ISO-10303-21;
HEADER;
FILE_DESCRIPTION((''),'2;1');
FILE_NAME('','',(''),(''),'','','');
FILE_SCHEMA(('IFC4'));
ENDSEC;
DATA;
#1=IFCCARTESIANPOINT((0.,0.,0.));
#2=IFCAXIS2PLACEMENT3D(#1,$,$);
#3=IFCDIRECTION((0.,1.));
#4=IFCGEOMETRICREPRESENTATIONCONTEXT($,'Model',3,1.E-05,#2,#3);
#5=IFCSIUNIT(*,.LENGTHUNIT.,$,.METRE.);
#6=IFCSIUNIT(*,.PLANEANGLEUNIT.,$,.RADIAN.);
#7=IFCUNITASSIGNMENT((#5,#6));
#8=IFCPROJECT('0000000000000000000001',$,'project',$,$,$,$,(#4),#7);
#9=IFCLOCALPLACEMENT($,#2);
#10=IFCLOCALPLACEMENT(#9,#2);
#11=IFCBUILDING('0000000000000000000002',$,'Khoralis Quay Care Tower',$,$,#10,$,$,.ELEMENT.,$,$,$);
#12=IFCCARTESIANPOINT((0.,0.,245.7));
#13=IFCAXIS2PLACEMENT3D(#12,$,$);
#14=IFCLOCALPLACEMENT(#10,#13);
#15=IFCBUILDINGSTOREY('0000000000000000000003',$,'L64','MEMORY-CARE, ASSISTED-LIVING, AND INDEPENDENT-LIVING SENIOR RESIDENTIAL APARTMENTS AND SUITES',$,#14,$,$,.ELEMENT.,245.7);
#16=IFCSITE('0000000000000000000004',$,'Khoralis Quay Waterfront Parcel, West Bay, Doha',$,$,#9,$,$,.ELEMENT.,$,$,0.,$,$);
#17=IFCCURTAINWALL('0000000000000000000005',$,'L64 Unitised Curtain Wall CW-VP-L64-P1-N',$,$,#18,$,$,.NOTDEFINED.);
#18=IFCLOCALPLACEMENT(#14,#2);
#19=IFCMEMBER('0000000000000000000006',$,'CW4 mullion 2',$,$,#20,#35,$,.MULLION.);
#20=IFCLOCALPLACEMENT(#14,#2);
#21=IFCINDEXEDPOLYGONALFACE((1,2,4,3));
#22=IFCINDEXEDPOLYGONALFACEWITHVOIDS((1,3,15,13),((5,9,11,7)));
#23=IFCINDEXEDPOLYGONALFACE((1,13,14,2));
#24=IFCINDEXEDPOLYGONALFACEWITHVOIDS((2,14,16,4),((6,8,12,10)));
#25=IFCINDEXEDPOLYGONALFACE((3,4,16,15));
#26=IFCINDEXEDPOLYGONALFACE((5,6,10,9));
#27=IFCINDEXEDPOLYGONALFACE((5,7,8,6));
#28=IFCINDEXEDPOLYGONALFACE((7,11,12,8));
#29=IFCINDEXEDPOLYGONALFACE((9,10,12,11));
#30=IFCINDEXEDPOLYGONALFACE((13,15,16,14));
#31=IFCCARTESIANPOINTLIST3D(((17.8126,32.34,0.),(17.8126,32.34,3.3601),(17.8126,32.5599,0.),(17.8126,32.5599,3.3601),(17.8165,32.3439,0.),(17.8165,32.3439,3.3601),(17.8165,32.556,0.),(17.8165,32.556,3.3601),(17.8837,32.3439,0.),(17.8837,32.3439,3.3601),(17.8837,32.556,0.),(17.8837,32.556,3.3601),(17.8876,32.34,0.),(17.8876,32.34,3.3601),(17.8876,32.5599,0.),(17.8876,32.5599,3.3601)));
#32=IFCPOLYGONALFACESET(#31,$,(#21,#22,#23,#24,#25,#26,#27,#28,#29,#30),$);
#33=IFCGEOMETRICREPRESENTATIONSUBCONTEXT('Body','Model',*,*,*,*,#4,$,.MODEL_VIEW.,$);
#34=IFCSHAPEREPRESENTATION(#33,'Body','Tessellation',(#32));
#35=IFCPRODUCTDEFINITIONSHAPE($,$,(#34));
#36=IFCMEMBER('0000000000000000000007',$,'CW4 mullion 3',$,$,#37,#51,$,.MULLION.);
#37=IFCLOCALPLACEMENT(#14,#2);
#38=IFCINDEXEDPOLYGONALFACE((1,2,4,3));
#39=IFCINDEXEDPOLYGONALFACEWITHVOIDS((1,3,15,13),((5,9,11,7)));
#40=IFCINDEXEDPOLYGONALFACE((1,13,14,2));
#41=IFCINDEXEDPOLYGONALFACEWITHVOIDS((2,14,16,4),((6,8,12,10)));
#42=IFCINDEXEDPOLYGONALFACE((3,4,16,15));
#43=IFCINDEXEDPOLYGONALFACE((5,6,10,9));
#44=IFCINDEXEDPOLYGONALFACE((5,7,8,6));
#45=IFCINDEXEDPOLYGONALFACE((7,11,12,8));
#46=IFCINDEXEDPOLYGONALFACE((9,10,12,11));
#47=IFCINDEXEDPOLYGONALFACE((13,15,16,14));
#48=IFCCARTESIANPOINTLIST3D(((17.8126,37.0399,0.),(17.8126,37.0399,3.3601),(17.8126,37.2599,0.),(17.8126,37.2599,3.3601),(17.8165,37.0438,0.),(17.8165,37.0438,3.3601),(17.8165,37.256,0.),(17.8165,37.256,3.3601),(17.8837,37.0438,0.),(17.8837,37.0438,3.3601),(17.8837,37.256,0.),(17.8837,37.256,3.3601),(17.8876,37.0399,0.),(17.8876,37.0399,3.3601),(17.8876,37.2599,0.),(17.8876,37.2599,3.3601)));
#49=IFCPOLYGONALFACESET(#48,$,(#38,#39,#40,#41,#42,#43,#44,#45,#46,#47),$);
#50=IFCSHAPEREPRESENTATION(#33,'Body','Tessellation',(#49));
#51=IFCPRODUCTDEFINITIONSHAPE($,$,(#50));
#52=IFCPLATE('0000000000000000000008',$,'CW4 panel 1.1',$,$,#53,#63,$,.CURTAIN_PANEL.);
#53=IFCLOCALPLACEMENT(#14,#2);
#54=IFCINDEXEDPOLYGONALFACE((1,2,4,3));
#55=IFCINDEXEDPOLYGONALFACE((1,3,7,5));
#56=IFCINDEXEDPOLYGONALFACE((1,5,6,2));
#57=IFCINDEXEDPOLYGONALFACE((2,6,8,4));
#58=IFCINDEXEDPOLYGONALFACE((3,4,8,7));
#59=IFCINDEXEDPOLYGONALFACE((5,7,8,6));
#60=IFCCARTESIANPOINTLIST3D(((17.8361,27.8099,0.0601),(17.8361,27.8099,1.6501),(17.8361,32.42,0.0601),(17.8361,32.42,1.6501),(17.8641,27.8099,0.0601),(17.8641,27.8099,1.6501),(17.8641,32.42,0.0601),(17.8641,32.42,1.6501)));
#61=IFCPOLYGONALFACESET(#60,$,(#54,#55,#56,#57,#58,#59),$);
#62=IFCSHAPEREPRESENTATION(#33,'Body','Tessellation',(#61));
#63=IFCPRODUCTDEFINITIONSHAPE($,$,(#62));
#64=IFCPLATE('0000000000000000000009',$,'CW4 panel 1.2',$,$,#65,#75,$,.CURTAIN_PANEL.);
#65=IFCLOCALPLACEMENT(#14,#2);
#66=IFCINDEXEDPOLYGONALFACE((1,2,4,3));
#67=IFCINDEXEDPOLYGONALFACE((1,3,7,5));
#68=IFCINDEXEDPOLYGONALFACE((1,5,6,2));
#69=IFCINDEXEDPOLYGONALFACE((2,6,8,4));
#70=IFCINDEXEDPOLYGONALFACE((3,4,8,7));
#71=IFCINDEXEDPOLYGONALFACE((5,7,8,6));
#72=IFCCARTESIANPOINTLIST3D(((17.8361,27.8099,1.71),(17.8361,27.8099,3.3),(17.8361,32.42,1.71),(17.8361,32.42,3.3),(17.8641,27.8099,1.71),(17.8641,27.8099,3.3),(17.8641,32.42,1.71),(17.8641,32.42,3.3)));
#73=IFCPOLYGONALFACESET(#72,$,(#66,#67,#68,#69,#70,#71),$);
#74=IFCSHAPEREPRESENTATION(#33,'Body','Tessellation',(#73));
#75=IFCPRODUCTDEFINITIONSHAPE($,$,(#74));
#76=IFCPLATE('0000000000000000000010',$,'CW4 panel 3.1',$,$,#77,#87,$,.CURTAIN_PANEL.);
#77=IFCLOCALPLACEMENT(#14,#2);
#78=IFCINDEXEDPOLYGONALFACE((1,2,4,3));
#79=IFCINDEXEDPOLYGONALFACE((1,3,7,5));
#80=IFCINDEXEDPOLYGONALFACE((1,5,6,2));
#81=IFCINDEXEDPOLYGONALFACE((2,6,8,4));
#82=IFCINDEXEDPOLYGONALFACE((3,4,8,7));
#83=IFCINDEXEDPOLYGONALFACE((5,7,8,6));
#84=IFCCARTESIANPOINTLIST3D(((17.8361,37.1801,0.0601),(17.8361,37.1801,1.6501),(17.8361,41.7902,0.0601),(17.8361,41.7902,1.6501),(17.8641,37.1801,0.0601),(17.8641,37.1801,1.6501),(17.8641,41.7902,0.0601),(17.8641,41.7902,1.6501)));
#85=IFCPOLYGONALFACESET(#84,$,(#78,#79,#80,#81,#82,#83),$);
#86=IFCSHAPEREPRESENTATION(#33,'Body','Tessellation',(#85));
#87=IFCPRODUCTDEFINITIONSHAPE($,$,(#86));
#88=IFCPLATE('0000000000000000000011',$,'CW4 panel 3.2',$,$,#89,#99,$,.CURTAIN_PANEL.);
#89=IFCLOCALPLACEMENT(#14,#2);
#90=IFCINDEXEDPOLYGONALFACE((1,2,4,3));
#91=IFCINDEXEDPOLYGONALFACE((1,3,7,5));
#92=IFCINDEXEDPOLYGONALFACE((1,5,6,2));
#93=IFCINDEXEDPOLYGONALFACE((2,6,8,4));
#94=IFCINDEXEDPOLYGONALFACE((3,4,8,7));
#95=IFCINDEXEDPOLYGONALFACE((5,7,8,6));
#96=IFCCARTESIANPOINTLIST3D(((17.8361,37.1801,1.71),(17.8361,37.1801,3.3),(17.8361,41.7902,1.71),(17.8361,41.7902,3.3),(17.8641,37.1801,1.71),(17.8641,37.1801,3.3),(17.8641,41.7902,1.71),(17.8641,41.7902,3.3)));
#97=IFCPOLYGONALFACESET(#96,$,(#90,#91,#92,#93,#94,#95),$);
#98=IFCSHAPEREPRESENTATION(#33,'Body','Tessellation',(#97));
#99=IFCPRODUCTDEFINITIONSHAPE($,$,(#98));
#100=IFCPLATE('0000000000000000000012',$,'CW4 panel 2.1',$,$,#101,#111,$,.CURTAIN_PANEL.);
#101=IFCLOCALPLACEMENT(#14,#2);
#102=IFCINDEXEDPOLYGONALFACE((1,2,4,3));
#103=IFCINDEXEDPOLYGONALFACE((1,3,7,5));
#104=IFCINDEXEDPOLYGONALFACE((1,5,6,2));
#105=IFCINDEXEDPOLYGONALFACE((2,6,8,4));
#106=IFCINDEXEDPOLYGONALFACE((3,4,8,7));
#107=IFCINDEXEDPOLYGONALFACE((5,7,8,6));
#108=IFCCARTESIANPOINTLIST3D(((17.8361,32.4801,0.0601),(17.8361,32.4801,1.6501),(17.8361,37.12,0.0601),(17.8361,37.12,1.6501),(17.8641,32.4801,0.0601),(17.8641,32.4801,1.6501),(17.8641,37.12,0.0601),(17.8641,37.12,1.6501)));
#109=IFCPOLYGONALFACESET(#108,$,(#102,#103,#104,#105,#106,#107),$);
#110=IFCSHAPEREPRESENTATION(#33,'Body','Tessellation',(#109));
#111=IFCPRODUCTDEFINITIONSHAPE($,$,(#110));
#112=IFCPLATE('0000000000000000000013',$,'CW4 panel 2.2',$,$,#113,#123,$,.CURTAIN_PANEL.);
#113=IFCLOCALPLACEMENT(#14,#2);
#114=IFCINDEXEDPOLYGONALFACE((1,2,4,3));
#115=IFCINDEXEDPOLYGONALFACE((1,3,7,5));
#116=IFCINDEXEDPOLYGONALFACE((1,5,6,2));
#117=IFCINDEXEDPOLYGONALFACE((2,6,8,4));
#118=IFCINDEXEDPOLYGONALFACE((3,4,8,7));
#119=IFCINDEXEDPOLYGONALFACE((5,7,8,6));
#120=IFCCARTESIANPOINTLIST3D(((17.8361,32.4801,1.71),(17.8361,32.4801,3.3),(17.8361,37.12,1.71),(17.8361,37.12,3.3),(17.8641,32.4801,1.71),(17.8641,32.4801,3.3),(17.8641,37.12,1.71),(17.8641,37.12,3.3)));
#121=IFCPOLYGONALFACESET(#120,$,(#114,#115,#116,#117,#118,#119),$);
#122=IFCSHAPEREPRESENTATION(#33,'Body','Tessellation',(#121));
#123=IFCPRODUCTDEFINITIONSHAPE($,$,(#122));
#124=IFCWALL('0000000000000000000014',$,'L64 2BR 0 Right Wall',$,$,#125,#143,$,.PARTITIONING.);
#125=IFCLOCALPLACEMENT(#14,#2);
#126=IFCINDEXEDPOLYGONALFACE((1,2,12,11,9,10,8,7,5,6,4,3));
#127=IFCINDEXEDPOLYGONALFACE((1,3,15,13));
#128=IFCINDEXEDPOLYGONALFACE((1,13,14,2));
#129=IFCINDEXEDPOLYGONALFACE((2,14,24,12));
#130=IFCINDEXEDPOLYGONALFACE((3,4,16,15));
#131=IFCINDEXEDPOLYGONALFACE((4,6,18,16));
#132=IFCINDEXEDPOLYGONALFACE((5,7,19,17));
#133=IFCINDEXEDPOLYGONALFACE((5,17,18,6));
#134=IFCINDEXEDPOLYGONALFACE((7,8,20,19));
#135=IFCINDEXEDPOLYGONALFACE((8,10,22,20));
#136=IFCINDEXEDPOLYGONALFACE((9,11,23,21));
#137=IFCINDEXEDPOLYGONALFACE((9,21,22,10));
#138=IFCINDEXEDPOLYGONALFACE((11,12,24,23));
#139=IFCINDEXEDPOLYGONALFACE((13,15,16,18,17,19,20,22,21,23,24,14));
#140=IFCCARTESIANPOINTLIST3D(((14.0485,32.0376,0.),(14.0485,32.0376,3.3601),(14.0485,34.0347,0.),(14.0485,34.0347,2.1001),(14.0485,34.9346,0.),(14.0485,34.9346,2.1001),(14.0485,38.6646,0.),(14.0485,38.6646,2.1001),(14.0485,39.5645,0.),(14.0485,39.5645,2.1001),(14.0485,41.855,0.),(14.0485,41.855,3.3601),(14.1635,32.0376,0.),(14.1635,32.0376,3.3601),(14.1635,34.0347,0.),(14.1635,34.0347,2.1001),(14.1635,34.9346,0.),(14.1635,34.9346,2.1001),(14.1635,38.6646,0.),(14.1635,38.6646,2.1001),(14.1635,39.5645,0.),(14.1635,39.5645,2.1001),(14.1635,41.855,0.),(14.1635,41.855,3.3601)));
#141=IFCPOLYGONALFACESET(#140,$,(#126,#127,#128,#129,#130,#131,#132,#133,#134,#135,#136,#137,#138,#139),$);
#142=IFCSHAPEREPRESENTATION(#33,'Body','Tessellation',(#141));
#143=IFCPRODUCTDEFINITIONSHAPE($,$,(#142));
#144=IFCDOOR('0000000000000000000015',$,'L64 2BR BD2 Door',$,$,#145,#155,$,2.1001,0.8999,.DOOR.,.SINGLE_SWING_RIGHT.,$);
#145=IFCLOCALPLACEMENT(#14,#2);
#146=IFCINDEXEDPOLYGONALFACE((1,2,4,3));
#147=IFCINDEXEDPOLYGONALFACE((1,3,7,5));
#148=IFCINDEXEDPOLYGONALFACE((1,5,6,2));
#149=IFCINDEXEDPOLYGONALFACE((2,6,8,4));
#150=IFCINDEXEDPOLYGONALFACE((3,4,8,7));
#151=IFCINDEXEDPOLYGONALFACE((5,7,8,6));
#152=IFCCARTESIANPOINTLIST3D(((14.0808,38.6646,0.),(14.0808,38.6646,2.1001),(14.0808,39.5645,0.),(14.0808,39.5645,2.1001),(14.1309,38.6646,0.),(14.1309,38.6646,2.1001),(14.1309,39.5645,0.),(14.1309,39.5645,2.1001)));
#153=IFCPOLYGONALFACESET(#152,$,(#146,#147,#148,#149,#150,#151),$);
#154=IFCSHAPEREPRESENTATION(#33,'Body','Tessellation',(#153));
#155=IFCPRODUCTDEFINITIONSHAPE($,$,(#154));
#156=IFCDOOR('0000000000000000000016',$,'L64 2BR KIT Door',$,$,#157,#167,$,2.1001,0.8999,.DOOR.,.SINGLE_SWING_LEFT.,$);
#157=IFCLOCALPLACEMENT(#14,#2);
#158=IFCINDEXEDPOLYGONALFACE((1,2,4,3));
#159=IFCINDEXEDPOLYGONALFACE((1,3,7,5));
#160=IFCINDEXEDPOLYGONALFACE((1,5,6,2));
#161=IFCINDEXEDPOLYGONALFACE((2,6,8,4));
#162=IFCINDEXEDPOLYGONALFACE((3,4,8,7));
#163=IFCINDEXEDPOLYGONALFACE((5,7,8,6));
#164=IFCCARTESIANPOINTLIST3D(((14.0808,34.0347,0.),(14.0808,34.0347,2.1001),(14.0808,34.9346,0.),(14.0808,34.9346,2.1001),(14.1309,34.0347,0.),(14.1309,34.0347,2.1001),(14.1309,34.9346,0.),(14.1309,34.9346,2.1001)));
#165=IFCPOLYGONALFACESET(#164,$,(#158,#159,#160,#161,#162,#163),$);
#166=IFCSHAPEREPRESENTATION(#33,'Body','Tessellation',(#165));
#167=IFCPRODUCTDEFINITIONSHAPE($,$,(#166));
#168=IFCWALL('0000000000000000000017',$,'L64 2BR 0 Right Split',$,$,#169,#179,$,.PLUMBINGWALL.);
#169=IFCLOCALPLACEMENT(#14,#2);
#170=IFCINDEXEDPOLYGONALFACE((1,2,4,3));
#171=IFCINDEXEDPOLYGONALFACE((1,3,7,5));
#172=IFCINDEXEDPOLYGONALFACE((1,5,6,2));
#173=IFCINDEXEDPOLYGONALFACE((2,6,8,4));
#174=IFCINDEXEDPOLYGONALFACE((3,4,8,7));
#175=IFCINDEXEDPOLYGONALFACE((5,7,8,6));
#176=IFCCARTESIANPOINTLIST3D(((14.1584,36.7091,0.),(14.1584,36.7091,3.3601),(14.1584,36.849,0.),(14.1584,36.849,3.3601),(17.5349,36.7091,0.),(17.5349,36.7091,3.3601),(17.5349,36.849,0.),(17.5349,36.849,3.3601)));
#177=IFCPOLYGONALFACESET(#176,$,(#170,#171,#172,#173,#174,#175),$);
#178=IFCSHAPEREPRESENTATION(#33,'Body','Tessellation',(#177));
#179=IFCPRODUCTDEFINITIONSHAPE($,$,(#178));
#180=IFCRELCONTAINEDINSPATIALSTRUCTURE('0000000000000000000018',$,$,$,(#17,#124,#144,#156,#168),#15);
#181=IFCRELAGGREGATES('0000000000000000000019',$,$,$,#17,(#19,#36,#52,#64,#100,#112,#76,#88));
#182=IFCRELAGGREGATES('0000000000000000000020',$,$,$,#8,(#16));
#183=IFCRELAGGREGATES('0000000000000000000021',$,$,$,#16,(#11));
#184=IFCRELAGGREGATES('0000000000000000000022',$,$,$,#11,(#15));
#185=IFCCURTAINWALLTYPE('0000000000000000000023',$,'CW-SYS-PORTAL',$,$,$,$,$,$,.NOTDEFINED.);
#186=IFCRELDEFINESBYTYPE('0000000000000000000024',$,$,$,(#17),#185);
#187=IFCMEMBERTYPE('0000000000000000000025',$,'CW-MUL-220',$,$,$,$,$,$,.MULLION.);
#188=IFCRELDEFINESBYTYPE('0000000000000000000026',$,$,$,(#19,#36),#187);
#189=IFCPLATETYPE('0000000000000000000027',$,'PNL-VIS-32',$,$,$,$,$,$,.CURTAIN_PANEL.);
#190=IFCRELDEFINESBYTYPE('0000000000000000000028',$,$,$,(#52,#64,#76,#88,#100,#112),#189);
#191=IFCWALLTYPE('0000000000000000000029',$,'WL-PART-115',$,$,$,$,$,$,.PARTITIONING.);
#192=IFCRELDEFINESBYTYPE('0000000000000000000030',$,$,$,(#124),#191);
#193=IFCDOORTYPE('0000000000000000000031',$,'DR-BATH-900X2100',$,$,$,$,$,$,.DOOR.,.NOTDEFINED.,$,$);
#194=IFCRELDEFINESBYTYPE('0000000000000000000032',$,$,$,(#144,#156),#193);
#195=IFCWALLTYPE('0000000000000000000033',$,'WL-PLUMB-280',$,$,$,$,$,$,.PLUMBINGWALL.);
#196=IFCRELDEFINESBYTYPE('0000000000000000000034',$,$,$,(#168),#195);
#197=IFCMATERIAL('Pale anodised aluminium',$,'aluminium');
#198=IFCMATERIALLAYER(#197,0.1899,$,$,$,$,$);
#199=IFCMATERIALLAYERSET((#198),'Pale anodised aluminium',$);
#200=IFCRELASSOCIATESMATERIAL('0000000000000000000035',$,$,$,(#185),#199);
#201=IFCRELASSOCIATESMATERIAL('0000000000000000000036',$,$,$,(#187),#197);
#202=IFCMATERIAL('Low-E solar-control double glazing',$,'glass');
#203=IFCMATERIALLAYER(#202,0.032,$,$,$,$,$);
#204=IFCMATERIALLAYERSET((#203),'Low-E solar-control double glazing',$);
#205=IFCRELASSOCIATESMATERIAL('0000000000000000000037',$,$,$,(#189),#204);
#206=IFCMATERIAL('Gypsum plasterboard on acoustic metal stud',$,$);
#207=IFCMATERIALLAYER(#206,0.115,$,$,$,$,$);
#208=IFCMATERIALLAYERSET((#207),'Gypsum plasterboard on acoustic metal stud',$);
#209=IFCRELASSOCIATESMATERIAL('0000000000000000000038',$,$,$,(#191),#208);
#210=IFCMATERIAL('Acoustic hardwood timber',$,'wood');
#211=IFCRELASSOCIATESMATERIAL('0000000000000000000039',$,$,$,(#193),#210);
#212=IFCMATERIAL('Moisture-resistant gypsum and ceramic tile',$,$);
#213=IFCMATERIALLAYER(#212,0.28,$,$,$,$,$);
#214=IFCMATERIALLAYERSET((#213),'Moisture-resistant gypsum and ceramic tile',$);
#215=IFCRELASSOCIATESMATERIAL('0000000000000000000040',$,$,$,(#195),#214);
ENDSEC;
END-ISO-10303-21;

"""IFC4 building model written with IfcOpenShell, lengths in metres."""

from ifc_helpers import new_model, si_unit, direction, frame, frame_2d, origin, origin_2d, place, context, subcontext, project, spatial, rectangle, hollow_rectangle, extrude, source, transform, mapped, material, layer, layer_set, material_profile, profile_set, type_object, element, fill, aggregate, save


model = new_model("IFC4")

# Units and contexts
model_context = context("Model", 3, precision=1e-05, world=origin(), true_north=direction((0.0, 1.0)))
body_context = subcontext(model_context, "Body", "Model", "MODEL_VIEW")
ifc_project = project(units=[si_unit("LENGTHUNIT", "METRE"), si_unit("PLANEANGLEUNIT", "RADIAN")], contexts=[model_context])

# Site, building, storey
site_placement = place(None, origin())
site = spatial("IfcSite", under=ifc_project, at=site_placement, Name="Khoralis Quay Waterfront Parcel, West Bay, Doha", CompositionType="ELEMENT", RefElevation=0.0)
building_placement = place(site_placement, origin())
building = spatial("IfcBuilding", under=site, at=building_placement, Name="Khoralis Quay Care Tower", CompositionType="ELEMENT")
storey_placement = place(building_placement, frame((0.0, 0.0, 245.7)))
storey = spatial("IfcBuildingStorey", under=building, at=storey_placement, Name="L64", Description="MEMORY-CARE, ASSISTED-LIVING, AND INDEPENDENT-LIVING SENIOR RESIDENTIAL APARTMENTS AND SUITES", CompositionType="ELEMENT", Elevation=245.7)

# Curtain wall, members, plates
ifc_material_1 = material(Name="Pale anodised aluminium", Category="aluminium")
ifc_layer_1 = layer(ifc_material_1, 0.1899)
ifc_layer_set_1 = layer_set([ifc_layer_1], Name="Pale anodised aluminium")
curtain_wall_type = type_object("IfcCurtainWallType", Name="CW-SYS-PORTAL", PredefinedType="NOTDEFINED", material=ifc_layer_set_1)
curtain_wall_placement = place(storey_placement, origin())
curtain_wall = element("IfcCurtainWall", 1, at=curtain_wall_placement, inside=storey, type_object=curtain_wall_type, Name="L64 Unitised Curtain Wall CW-VP-L64-P1-N", PredefinedType="NOTDEFINED")
ifc_material_profile_1 = material_profile(ifc_material_1, hollow_rectangle(XDim=0.075, YDim=0.22, WallThickness=0.0039, at=origin_2d()), Name="Pale anodised aluminium")
ifc_profile_set_1 = profile_set([ifc_material_profile_1], Name="Pale anodised aluminium")
member_type_1 = type_object("IfcMemberType", Name="CW-MUL-220", PredefinedType="MULLION", material=ifc_profile_set_1)
shared_shape_1 = source(origin(), body_context, "Body", "SweptSolid", [
    extrude(hollow_rectangle(XDim=0.075, YDim=0.22, WallThickness=0.0039, at=origin_2d()), origin(), (0.0, 0.0, 1.0), 3.3601),
])
member_1_placement = place(storey_placement, frame((17.8501, 32.45, 0.0), z_axis=(0.0, 0.0, 1.0), x_axis=(-1.0, 0.0, 0.0)))
member_1 = element("IfcMember", 2, at=member_1_placement, type_object=member_type_1, Name="CW4 mullion 2", PredefinedType="MULLION", context=body_context, shape_type="MappedRepresentation", body=[
    mapped(shared_shape_1, transform((0.0, 0.0, 0.0), scale=1.0)),
])
member_2_placement = place(storey_placement, frame((17.8501, 37.1499, 0.0), z_axis=(0.0, 0.0, 1.0), x_axis=(-1.0, 0.0, 0.0)))
member_2 = element("IfcMember", 3, at=member_2_placement, type_object=member_type_1, Name="CW4 mullion 3", PredefinedType="MULLION", context=body_context, shape_type="MappedRepresentation", body=[
    mapped(shared_shape_1, transform((0.0, 0.0, 0.0), scale=1.0)),
])
ifc_material_2 = material(Name="Low-E solar-control double glazing", Category="glass")
ifc_layer_2 = layer(ifc_material_2, 0.032)
ifc_layer_set_2 = layer_set([ifc_layer_2], Name="Low-E solar-control double glazing")
plate_type = type_object("IfcPlateType", Name="PNL-VIS-32", PredefinedType="CURTAIN_PANEL", material=ifc_layer_set_2)
shared_shape_2 = source(origin(), body_context, "Body", "SweptSolid", [
    extrude(rectangle(XDim=4.6101, YDim=0.0281, at=origin_2d()), origin(), (0.0, 0.0, 1.0), 1.5901),
])
plate_1_placement = place(storey_placement, frame((17.8501, 30.115, 0.0601), z_axis=(0.0, 0.0, 1.0), x_axis=(0.0, 1.0, 0.0)))
plate_1 = element("IfcPlate", 4, at=plate_1_placement, type_object=plate_type, Name="CW4 panel 1.1", PredefinedType="CURTAIN_PANEL", context=body_context, shape_type="MappedRepresentation", body=[
    mapped(shared_shape_2, transform((0.0, 0.0, 0.0), scale=1.0)),
])
plate_2_placement = place(storey_placement, frame((17.8501, 30.115, 1.71), z_axis=(0.0, 0.0, 1.0), x_axis=(0.0, 1.0, 0.0)))
plate_2 = element("IfcPlate", 5, at=plate_2_placement, type_object=plate_type, Name="CW4 panel 1.2", PredefinedType="CURTAIN_PANEL", context=body_context, shape_type="MappedRepresentation", body=[
    mapped(shared_shape_2, transform((0.0, 0.0, 0.0), scale=1.0)),
])
plate_3_placement = place(storey_placement, frame((17.8501, 39.4851, 0.0601), z_axis=(0.0, 0.0, 1.0), x_axis=(0.0, 1.0, 0.0)))
plate_3 = element("IfcPlate", 6, at=plate_3_placement, type_object=plate_type, Name="CW4 panel 3.1", PredefinedType="CURTAIN_PANEL", context=body_context, shape_type="MappedRepresentation", body=[
    mapped(shared_shape_2, transform((0.0, 0.0, 0.0), scale=1.0)),
])
plate_4_placement = place(storey_placement, frame((17.8501, 39.4851, 1.71), z_axis=(0.0, 0.0, 1.0), x_axis=(0.0, 1.0, 0.0)))
plate_4 = element("IfcPlate", 7, at=plate_4_placement, type_object=plate_type, Name="CW4 panel 3.2", PredefinedType="CURTAIN_PANEL", context=body_context, shape_type="MappedRepresentation", body=[
    mapped(shared_shape_2, transform((0.0, 0.0, 0.0), scale=1.0)),
])
shared_shape_3 = source(origin(), body_context, "Body", "SweptSolid", [
    extrude(rectangle(XDim=4.6399, YDim=0.0281, at=origin_2d()), origin(), (0.0, 0.0, 1.0), 1.5901),
])
plate_5_placement = place(storey_placement, frame((17.8501, 34.8, 0.0601), z_axis=(0.0, 0.0, 1.0), x_axis=(0.0, 1.0, 0.0)))
plate_5 = element("IfcPlate", 8, at=plate_5_placement, type_object=plate_type, Name="CW4 panel 2.1", PredefinedType="CURTAIN_PANEL", context=body_context, shape_type="MappedRepresentation", body=[
    mapped(shared_shape_3, transform((0.0, 0.0, 0.0), scale=1.0)),
])
plate_6_placement = place(storey_placement, frame((17.8501, 34.8, 1.71), z_axis=(0.0, 0.0, 1.0), x_axis=(0.0, 1.0, 0.0)))
plate_6 = element("IfcPlate", 9, at=plate_6_placement, type_object=plate_type, Name="CW4 panel 2.2", PredefinedType="CURTAIN_PANEL", context=body_context, shape_type="MappedRepresentation", body=[
    mapped(shared_shape_3, transform((0.0, 0.0, 0.0), scale=1.0)),
])
aggregate(curtain_wall, [member_1, member_2, plate_1, plate_2, plate_5, plate_6, plate_3, plate_4])

# Wall, openings, doors
ifc_material_3 = material(Name="Gypsum plasterboard on acoustic metal stud")
ifc_layer_3 = layer(ifc_material_3, 0.115)
ifc_layer_set_3 = layer_set([ifc_layer_3], Name="Gypsum plasterboard on acoustic metal stud")
wall_type_1 = type_object("IfcWallType", Name="WL-PART-115", PredefinedType="PARTITIONING", material=ifc_layer_set_3)
wall_1_placement = place(storey_placement, frame((14.106, 32.0376, 0.0), z_axis=(0.0, 0.0, 1.0), x_axis=(0.0, 1.0, 0.0)))
wall_1 = element("IfcWall", 10, at=wall_1_placement, inside=storey, type_object=wall_type_1, Name="L64 2BR 0 Right Wall", PredefinedType="PARTITIONING", context=body_context, shape_type="SweptSolid", body=[
    extrude(rectangle(XDim=9.8174, YDim=0.115, at=frame_2d((4.9087, 0.0))), origin(), (0.0, 0.0, 1.0), 3.3601),
])
opening_1_placement = place(wall_1_placement, frame((6.627, 0.0, 0.0)))
opening_1 = element("IfcOpeningElement", 11, at=opening_1_placement, cuts=wall_1, PredefinedType="OPENING", context=body_context, shape_type="SweptSolid", body=[
    extrude(rectangle(XDim=0.8999, YDim=2.1001, at=frame_2d((0.45, 1.05))), frame((0.0, 0.0674, 0.0), z_axis=(0.0, -1.0, 0.0), x_axis=(1.0, 0.0, 0.0)), (0.0, 0.0, 1.0), 0.135),
])
opening_2_placement = place(wall_1_placement, frame((1.9971, 0.0, 0.0)))
opening_2 = element("IfcOpeningElement", 12, at=opening_2_placement, cuts=wall_1, PredefinedType="OPENING", context=body_context, shape_type="SweptSolid", body=[
    extrude(rectangle(XDim=0.8999, YDim=2.1001, at=frame_2d((0.45, 1.05))), frame((0.0, 0.0674, 0.0), z_axis=(0.0, -1.0, 0.0), x_axis=(1.0, 0.0, 0.0)), (0.0, 0.0, 1.0), 0.135),
])
ifc_material_4 = material(Name="Acoustic hardwood timber", Category="wood")
door_type = type_object("IfcDoorType", Name="DR-BATH-900X2100", OperationType="NOTDEFINED", PredefinedType="DOOR", material=ifc_material_4)
shared_shape_4 = source(origin(), body_context, "Body", "SweptSolid", [
    extrude(rectangle(XDim=0.8999, YDim=2.1001, at=frame_2d((0.45, 1.05))), frame((0.0, 0.0249, 0.0), z_axis=(0.0, -1.0, 0.0), x_axis=(1.0, 0.0, 0.0)), (0.0, 0.0, 1.0), 0.05),
])
door_1_placement = place(opening_1_placement, frame((0.8999, 0.0, 0.0), z_axis=(0.0, 0.0, 1.0), x_axis=(-1.0, 0.0, 0.0)))
door_1 = element("IfcDoor", 13, at=door_1_placement, inside=storey, type_object=door_type, Name="L64 2BR BD2 Door", OperationType="SINGLE_SWING_RIGHT", OverallHeight=2.1001, OverallWidth=0.8999, PredefinedType="DOOR", context=body_context, shape_type="MappedRepresentation", body=[
    mapped(shared_shape_4, transform((0.0, 0.0, 0.0), scale=1.0)),
])
fill(opening_1, door_1)
door_2_placement = place(opening_2_placement, frame((0.8999, 0.0, 0.0), z_axis=(0.0, 0.0, 1.0), x_axis=(-1.0, 0.0, 0.0)))
door_2 = element("IfcDoor", 14, at=door_2_placement, inside=storey, type_object=door_type, Name="L64 2BR KIT Door", OperationType="SINGLE_SWING_LEFT", OverallHeight=2.1001, OverallWidth=0.8999, PredefinedType="DOOR", context=body_context, shape_type="MappedRepresentation", body=[
    mapped(shared_shape_4, transform((0.0, 0.0, 0.0), scale=1.0)),
])
fill(opening_2, door_2)

# Wall
ifc_material_5 = material(Name="Moisture-resistant gypsum and ceramic tile")
ifc_layer_4 = layer(ifc_material_5, 0.28)
ifc_layer_set_4 = layer_set([ifc_layer_4], Name="Moisture-resistant gypsum and ceramic tile")
wall_type_2 = type_object("IfcWallType", Name="WL-PLUMB-280", PredefinedType="PLUMBINGWALL", material=ifc_layer_set_4)
wall_2_placement = place(storey_placement, frame((14.1584, 36.7791, 0.0), z_axis=(0.0, 0.0, 1.0), x_axis=(1.0, 0.0, 0.0)))
element("IfcWall", 15, at=wall_2_placement, inside=storey, type_object=wall_type_2, Name="L64 2BR 0 Right Split", PredefinedType="PLUMBINGWALL", context=body_context, shape_type="SweptSolid", body=[
    extrude(rectangle(XDim=3.3765, YDim=0.1399, at=frame_2d((1.6882, 0.0))), origin(), (0.0, 0.0, 1.0), 3.3601),
])

save(model, "model.ifc")
